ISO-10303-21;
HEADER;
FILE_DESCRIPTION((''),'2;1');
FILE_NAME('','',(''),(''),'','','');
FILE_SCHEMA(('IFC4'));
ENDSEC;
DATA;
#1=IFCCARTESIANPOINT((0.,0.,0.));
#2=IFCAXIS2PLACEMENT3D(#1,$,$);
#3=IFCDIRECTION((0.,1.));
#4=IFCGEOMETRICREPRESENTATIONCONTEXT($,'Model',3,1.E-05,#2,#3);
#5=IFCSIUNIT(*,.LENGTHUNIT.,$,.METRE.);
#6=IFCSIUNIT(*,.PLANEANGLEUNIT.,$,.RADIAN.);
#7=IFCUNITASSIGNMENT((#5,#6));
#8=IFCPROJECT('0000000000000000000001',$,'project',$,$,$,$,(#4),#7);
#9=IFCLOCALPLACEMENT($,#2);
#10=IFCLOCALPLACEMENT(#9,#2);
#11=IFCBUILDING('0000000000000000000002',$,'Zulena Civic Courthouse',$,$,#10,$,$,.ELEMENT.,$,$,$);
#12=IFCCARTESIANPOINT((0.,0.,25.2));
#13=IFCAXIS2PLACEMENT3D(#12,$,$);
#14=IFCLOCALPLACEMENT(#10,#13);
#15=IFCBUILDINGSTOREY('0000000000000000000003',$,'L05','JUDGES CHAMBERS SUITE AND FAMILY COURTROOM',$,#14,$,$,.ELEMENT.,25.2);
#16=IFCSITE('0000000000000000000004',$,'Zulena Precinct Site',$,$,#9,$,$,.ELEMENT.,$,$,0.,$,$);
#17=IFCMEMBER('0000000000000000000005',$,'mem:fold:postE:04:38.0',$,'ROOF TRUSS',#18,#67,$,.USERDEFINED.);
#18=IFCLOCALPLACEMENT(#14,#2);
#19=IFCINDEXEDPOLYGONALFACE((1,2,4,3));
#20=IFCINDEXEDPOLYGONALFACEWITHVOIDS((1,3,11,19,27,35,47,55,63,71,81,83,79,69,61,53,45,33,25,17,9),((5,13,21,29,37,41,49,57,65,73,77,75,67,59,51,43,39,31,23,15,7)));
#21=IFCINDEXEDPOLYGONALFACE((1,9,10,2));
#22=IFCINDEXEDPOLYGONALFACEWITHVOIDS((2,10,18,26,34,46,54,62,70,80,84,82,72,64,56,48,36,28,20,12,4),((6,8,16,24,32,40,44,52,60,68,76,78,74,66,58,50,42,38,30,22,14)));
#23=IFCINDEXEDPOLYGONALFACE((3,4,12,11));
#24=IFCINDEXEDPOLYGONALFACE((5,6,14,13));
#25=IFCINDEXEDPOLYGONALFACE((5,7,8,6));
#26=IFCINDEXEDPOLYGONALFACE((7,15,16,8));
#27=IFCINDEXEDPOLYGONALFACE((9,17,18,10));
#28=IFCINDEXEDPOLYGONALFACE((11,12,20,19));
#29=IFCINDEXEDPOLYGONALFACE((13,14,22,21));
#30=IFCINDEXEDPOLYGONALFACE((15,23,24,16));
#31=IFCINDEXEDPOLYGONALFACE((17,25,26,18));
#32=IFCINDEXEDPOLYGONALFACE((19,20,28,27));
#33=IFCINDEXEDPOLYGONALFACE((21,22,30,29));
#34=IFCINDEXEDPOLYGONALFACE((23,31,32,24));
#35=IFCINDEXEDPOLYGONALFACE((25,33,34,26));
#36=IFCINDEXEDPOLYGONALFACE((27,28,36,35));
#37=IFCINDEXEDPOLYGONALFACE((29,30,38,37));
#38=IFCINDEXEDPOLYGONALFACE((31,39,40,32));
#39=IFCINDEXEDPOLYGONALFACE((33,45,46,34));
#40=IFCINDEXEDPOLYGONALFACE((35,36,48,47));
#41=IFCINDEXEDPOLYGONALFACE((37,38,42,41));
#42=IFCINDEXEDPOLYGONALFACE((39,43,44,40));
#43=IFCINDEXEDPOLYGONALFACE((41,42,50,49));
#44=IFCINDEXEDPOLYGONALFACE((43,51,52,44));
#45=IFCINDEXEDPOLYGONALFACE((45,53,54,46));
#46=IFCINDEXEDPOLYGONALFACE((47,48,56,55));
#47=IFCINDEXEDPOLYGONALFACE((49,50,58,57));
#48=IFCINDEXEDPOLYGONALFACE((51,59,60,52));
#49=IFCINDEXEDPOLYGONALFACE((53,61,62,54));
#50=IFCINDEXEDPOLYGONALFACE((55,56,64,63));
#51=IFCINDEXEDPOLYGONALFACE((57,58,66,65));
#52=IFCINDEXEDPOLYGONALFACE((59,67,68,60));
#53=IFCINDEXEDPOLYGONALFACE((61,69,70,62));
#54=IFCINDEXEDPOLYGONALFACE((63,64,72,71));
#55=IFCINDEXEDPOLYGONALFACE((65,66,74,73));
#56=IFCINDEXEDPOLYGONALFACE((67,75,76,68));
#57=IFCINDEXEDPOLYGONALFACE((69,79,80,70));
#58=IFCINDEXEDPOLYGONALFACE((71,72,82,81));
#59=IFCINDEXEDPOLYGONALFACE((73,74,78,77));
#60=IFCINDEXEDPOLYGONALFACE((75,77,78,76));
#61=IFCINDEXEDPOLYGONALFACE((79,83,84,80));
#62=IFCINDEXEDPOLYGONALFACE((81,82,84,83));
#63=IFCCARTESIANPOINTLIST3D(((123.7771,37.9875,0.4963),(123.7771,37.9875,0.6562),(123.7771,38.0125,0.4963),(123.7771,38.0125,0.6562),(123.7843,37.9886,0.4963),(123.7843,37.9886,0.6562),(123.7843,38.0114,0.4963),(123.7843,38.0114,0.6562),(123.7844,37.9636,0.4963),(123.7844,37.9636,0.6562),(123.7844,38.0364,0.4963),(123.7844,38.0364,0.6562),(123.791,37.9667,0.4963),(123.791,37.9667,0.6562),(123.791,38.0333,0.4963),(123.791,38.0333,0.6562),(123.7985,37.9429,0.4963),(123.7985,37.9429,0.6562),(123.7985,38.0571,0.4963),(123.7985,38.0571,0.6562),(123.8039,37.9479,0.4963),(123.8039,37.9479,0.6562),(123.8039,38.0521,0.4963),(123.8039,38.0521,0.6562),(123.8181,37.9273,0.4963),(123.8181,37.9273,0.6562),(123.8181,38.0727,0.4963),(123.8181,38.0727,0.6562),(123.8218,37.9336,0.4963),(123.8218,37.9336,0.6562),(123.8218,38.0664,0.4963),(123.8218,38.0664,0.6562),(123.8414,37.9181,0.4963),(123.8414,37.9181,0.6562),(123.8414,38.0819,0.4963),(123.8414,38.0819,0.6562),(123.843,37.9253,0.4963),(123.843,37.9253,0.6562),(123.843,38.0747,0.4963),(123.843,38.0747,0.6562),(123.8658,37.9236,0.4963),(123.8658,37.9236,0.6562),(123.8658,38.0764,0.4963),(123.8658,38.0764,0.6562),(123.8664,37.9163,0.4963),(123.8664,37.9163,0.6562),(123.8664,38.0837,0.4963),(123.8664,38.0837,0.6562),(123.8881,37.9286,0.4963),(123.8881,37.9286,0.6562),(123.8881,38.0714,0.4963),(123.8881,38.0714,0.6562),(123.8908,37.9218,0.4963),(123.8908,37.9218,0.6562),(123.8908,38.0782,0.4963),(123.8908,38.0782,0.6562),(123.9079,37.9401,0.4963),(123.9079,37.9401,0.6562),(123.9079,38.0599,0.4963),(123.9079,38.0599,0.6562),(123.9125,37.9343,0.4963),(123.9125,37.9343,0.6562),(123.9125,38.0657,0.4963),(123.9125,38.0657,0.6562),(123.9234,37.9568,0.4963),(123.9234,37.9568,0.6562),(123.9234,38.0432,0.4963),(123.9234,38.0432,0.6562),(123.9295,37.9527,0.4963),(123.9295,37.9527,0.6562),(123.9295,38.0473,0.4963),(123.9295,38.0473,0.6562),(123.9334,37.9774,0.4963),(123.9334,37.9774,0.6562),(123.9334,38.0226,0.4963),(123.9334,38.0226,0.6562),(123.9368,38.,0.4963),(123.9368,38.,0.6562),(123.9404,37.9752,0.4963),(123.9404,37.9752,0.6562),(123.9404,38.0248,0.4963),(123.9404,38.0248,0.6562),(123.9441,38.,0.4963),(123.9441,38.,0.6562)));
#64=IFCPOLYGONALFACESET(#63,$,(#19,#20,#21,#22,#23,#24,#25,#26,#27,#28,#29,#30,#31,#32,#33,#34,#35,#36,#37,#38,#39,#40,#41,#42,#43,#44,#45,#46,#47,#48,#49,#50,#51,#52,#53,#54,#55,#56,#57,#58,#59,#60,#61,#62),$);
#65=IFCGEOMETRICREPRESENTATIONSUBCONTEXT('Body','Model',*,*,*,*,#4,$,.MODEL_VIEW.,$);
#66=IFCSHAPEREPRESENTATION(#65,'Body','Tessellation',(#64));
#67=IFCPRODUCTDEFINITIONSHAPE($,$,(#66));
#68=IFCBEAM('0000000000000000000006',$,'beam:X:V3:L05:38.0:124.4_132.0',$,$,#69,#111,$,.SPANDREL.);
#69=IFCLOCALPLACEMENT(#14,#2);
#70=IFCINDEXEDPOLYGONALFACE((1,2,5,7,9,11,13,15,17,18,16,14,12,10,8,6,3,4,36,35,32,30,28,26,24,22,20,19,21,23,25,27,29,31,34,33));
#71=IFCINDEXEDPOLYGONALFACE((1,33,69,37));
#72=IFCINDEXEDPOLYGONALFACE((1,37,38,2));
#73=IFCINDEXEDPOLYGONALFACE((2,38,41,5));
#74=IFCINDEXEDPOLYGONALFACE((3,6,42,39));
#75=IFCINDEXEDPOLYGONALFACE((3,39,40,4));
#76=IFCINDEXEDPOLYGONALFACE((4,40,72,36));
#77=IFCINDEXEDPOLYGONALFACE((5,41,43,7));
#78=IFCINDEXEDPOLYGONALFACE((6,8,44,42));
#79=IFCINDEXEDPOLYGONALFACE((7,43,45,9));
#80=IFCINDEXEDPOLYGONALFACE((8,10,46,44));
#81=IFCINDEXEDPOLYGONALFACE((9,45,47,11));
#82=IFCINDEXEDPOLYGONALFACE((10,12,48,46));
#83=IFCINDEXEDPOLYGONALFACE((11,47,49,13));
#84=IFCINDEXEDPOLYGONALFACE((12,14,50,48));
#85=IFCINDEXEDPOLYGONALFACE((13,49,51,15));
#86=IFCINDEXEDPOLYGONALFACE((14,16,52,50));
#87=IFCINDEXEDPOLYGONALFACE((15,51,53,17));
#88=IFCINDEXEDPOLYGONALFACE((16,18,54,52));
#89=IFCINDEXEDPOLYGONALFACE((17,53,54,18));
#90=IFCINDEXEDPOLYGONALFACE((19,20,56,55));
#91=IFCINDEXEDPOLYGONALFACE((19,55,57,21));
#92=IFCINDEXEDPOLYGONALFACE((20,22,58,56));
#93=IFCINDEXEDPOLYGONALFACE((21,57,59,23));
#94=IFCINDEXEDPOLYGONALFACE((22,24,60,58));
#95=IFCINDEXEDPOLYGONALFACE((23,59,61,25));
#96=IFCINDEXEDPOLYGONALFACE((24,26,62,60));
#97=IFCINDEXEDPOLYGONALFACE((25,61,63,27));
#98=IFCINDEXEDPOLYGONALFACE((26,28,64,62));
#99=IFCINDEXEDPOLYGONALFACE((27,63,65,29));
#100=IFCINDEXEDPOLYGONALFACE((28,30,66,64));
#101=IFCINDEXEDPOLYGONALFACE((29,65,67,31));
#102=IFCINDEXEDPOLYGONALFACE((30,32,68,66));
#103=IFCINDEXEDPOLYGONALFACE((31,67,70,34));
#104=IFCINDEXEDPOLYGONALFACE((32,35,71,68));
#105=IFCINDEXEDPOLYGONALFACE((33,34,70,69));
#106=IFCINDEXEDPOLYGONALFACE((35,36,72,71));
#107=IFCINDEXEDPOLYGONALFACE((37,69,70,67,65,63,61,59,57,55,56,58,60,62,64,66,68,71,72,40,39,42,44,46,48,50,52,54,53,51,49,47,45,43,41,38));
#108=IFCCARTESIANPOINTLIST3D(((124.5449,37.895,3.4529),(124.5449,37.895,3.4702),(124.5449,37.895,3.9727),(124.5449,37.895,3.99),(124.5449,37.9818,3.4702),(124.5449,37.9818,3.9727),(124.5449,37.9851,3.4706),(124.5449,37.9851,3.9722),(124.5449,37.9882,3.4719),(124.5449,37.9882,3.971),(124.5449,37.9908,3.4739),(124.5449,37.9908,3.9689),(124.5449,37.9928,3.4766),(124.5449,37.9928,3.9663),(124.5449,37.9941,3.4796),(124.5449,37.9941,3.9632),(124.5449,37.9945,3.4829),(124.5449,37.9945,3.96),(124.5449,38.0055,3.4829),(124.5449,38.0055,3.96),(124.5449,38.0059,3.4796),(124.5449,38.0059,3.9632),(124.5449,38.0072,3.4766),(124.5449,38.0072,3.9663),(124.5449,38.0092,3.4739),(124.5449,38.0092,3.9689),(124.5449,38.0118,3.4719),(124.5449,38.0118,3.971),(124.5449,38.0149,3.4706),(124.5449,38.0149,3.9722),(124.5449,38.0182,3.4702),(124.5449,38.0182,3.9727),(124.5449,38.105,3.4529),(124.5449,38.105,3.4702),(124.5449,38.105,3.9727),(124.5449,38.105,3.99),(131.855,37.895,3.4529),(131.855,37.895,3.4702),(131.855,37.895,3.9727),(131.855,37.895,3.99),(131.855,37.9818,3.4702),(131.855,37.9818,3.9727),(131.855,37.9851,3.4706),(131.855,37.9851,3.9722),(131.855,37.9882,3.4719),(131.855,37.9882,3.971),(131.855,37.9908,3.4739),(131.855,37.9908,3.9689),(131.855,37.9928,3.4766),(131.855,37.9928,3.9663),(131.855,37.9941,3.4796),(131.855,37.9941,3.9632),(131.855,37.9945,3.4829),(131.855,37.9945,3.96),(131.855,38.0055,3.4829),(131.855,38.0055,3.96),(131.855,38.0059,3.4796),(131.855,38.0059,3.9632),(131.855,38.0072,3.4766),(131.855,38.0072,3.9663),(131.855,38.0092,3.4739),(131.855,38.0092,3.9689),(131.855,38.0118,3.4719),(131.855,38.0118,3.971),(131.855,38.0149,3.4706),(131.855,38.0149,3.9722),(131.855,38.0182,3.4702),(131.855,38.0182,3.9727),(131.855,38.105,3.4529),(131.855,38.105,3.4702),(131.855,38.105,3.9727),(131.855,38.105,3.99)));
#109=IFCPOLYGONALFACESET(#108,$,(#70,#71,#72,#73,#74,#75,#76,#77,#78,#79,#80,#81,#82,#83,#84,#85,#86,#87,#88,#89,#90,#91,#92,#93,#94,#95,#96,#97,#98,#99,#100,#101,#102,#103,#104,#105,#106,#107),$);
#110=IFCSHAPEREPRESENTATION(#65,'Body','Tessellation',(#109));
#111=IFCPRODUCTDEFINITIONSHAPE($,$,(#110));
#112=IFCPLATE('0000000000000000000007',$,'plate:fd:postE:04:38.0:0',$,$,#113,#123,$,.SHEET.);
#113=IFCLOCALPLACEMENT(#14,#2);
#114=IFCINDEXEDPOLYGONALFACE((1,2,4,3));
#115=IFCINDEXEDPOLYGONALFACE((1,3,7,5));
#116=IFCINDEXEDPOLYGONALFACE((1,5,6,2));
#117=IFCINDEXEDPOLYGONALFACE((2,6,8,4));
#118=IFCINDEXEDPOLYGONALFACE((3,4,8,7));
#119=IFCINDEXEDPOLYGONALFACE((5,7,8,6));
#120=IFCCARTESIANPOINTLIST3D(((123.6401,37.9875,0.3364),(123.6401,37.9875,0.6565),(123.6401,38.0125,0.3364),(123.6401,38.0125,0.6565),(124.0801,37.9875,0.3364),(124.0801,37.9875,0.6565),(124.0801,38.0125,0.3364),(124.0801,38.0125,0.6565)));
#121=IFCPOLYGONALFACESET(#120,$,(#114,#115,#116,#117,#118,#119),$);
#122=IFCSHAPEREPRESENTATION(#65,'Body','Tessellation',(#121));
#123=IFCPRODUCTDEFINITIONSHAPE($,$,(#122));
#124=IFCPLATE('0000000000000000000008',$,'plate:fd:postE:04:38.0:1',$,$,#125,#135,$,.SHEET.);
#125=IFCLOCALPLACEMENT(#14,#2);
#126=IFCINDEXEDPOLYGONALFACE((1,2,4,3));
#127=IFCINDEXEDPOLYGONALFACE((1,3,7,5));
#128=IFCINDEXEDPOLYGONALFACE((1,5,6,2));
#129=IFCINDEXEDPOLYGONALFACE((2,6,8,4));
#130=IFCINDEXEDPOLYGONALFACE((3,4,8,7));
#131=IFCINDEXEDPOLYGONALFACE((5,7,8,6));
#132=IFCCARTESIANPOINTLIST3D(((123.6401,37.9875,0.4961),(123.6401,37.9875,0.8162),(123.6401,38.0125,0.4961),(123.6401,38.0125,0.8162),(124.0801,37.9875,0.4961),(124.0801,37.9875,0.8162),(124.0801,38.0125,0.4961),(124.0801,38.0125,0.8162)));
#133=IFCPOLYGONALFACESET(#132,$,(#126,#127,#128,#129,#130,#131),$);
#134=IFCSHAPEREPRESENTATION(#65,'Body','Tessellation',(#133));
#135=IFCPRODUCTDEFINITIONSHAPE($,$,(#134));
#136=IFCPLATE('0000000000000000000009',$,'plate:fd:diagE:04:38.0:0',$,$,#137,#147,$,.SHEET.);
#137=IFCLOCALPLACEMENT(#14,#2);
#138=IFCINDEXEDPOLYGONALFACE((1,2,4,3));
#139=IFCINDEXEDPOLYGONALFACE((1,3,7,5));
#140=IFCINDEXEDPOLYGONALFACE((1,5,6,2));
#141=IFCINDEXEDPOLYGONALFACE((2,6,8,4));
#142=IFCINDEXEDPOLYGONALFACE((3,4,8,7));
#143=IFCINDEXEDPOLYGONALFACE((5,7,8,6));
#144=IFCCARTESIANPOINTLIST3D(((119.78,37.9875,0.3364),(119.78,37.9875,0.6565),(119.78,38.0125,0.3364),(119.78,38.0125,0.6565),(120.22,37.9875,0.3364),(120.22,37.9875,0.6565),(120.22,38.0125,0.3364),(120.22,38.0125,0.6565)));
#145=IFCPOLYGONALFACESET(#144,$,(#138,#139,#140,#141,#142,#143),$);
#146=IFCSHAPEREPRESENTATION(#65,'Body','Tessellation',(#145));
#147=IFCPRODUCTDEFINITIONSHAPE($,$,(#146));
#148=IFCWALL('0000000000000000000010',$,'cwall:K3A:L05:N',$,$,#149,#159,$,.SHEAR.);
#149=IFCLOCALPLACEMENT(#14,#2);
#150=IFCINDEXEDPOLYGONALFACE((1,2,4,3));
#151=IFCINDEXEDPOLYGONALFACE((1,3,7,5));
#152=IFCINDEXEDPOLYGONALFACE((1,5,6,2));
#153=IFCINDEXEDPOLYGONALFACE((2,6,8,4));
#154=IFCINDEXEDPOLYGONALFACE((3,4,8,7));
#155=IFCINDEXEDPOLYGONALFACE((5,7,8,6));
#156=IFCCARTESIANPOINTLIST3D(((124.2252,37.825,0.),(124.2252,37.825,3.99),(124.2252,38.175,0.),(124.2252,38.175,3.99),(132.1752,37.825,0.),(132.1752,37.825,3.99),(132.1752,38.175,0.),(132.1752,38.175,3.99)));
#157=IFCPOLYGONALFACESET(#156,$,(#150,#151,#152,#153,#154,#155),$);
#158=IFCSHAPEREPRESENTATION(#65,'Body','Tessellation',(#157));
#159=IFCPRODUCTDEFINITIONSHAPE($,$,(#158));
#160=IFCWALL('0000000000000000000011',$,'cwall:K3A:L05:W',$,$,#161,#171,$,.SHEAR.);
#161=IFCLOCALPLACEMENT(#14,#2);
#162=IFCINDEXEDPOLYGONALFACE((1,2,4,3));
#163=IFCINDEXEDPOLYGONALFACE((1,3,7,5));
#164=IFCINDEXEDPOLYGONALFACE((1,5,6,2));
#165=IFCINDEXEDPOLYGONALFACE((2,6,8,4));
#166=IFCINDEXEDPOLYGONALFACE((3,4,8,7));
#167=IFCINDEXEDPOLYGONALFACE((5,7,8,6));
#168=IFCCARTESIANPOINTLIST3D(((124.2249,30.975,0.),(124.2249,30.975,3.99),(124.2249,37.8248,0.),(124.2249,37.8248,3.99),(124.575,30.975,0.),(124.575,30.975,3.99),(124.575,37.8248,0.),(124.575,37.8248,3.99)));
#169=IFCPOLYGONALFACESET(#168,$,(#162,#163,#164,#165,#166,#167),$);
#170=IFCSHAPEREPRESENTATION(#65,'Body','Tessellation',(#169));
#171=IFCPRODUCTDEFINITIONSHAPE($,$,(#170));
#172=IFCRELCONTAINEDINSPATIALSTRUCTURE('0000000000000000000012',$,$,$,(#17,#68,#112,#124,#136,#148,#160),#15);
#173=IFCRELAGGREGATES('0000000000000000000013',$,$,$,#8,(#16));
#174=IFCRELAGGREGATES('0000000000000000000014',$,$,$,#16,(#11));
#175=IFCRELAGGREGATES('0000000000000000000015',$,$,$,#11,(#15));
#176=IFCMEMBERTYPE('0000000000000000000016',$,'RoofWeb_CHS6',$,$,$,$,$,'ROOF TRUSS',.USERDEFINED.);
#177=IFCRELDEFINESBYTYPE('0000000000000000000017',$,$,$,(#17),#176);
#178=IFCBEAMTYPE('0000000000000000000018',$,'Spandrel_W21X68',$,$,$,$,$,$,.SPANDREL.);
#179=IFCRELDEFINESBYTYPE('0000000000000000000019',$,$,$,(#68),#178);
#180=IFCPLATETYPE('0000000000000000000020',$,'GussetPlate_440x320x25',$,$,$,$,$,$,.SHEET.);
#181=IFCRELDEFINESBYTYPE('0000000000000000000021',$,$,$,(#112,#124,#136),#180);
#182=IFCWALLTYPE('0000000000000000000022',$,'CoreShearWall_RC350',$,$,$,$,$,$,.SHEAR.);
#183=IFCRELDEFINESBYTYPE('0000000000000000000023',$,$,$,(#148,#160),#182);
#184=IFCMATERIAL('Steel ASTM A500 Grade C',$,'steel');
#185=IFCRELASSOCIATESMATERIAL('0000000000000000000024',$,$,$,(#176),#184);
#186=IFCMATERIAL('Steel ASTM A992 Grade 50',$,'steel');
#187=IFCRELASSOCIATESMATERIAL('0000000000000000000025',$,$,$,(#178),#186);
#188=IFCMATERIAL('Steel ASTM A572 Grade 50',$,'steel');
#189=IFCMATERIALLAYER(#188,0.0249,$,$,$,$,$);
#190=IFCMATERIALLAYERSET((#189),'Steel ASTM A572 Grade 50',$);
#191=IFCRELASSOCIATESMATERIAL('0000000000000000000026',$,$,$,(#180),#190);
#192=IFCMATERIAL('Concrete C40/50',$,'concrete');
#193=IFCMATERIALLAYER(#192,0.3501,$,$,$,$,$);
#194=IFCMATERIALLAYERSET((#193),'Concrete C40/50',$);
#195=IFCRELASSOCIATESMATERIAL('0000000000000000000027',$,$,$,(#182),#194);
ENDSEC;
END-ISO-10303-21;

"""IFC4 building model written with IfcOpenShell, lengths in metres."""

from ifc_helpers import new_model, si_unit, direction, frame, frame_2d, origin, origin_2d, place, context, subcontext, project, spatial, rectangle, hollow_circle, i_section, extrude, material, layer, layer_set, material_profile, profile_set, type_object, element, save


model = new_model("IFC4")

# Units and contexts
model_context = context("Model", 3, precision=1e-05, world=origin(), true_north=direction((0.0, 1.0)))
body_context = subcontext(model_context, "Body", "Model", "MODEL_VIEW")
ifc_project = project(units=[si_unit("LENGTHUNIT", "METRE"), si_unit("PLANEANGLEUNIT", "RADIAN")], contexts=[model_context])

# Site, building, storey
site_placement = place(None, origin())
site = spatial("IfcSite", under=ifc_project, at=site_placement, Name="Zulena Precinct Site", CompositionType="ELEMENT", RefElevation=0.0)
building_placement = place(site_placement, origin())
building = spatial("IfcBuilding", under=site, at=building_placement, Name="Zulena Civic Courthouse", CompositionType="ELEMENT")
storey_placement = place(building_placement, frame((0.0, 0.0, 25.2)))
storey = spatial("IfcBuildingStorey", under=building, at=storey_placement, Name="L05", Description="JUDGES CHAMBERS SUITE AND FAMILY COURTROOM", CompositionType="ELEMENT", Elevation=25.2)

# Shared definitions
ifc_material_1 = material(Name="Steel ASTM A992 Grade 50", Category="steel")

# Member
ifc_material_2 = material(Name="Steel ASTM A500 Grade C", Category="steel")
ifc_material_profile_1 = material_profile(ifc_material_2, hollow_circle(Radius=0.084, WallThickness=0.0073, at=origin_2d()), Name="HSS6.625X0.312")
ifc_profile_set_1 = profile_set([ifc_material_profile_1], Name="Steel ASTM A500 Grade C")
member_type = type_object("IfcMemberType", Name="RoofWeb_CHS6", ElementType="ROOF TRUSS", PredefinedType="USERDEFINED", material=ifc_profile_set_1)
member_placement = place(storey_placement, frame((123.8601, 38.0, 0.4963), z_axis=(0.0, 0.0, 1.0), x_axis=(1.0, 0.0, 0.0)))
element("IfcMember", 1, at=member_placement, inside=storey, type_object=member_type, Name="mem:fold:postE:04:38.0", ObjectType="ROOF TRUSS", PredefinedType="USERDEFINED", context=body_context, shape_type="SweptSolid", body=[
    extrude(hollow_circle(Radius=0.084, WallThickness=0.0073, at=origin_2d()), origin(), (0.0, 0.0, 1.0), 0.1599),
])

# Beam
ifc_material_profile_2 = material_profile(ifc_material_1, i_section(OverallWidth=0.21, OverallDepth=0.5371, WebThickness=0.011, FlangeThickness=0.0173, FilletRadius=0.0127, at=origin_2d()), Name="W21X68")
ifc_profile_set_2 = profile_set([ifc_material_profile_2], Name="Steel ASTM A992 Grade 50")
beam_type_1 = type_object("IfcBeamType", Name="Spandrel_W21X68", PredefinedType="SPANDREL", material=ifc_profile_set_2)
beam_placement = place(storey_placement, frame((124.5449, 38.0, 3.7214), z_axis=(1.0, 0.0, 0.0), x_axis=(0.0, 1.0, 0.0)))
element("IfcBeam", 2, at=beam_placement, inside=storey, type_object=beam_type_1, Name="beam:X:V3:L05:38.0:124.4_132.0", PredefinedType="SPANDREL", context=body_context, shape_type="SweptSolid", body=[
    extrude(i_section(OverallWidth=0.21, OverallDepth=0.5371, WebThickness=0.011, FlangeThickness=0.0173, FilletRadius=0.0127, at=origin_2d()), origin(), (0.0, 0.0, 1.0), 7.3101),
])

# Plates
ifc_material_3 = material(Name="Steel ASTM A572 Grade 50", Category="steel")
ifc_layer_1 = layer(ifc_material_3, 0.0249)
ifc_layer_set_1 = layer_set([ifc_layer_1], Name="Steel ASTM A572 Grade 50")
plate_type = type_object("IfcPlateType", Name="GussetPlate_440x320x25", PredefinedType="SHEET", material=ifc_layer_set_1)
for number, where, z_axis, x_axis, name in (
    (3, (123.8601, 38.0, 0.3364), (0.0, 0.0, 1.0), (1.0, 0.0, 0.0), "plate:fd:postE:04:38.0:0"),
    (4, (123.8601, 38.0, 0.4961), (0.0, 0.0, 1.0), (1.0, 0.0, 0.0), "plate:fd:postE:04:38.0:1"),
    (5, (120.0, 38.0, 0.3364), (0.0, 0.0, 1.0), (1.0, 0.0, 0.0), "plate:fd:diagE:04:38.0:0"),
):
    element("IfcPlate", number, at=place(storey_placement, frame(where, z_axis=z_axis, x_axis=x_axis)), inside=storey, type_object=plate_type, Name=name, PredefinedType="SHEET", context=body_context, shape_type="SweptSolid", body=[
        extrude(rectangle(XDim=0.4399, YDim=0.0249, at=origin_2d()), origin(), (0.0, 0.0, 1.0), 0.3201),
    ])

# Walls
ifc_material_4 = material(Name="Concrete C40/50", Category="concrete")
ifc_layer_2 = layer(ifc_material_4, 0.3501)
ifc_layer_set_2 = layer_set([ifc_layer_2], Name="Concrete C40/50")
wall_type_1 = type_object("IfcWallType", Name="CoreShearWall_RC350", PredefinedType="SHEAR", material=ifc_layer_set_2)
wall_1_placement = place(storey_placement, frame((124.2251, 38.0, 0.0), z_axis=(0.0, 0.0, 1.0), x_axis=(1.0, 0.0, 0.0)))
element("IfcWall", 6, at=wall_1_placement, inside=storey, type_object=wall_type_1, Name="cwall:K3A:L05:N", PredefinedType="SHEAR", context=body_context, shape_type="SweptSolid", body=[
    extrude(rectangle(XDim=7.95, YDim=0.3501, at=frame_2d((3.9751, 0.0))), origin(), (0.0, 0.0, 1.0), 3.99),
])
wall_2_placement = place(storey_placement, frame((124.3999, 30.9751, 0.0), z_axis=(0.0, 0.0, 1.0), x_axis=(0.0, 1.0, 0.0)))
element("IfcWall", 7, at=wall_2_placement, inside=storey, type_object=wall_type_1, Name="cwall:K3A:L05:W", PredefinedType="SHEAR", context=body_context, shape_type="SweptSolid", body=[
    extrude(rectangle(XDim=6.8499, YDim=0.3501, at=frame_2d((3.4248, 0.0))), origin(), (0.0, 0.0, 1.0), 3.99),
])

save(model, "model.ifc")
